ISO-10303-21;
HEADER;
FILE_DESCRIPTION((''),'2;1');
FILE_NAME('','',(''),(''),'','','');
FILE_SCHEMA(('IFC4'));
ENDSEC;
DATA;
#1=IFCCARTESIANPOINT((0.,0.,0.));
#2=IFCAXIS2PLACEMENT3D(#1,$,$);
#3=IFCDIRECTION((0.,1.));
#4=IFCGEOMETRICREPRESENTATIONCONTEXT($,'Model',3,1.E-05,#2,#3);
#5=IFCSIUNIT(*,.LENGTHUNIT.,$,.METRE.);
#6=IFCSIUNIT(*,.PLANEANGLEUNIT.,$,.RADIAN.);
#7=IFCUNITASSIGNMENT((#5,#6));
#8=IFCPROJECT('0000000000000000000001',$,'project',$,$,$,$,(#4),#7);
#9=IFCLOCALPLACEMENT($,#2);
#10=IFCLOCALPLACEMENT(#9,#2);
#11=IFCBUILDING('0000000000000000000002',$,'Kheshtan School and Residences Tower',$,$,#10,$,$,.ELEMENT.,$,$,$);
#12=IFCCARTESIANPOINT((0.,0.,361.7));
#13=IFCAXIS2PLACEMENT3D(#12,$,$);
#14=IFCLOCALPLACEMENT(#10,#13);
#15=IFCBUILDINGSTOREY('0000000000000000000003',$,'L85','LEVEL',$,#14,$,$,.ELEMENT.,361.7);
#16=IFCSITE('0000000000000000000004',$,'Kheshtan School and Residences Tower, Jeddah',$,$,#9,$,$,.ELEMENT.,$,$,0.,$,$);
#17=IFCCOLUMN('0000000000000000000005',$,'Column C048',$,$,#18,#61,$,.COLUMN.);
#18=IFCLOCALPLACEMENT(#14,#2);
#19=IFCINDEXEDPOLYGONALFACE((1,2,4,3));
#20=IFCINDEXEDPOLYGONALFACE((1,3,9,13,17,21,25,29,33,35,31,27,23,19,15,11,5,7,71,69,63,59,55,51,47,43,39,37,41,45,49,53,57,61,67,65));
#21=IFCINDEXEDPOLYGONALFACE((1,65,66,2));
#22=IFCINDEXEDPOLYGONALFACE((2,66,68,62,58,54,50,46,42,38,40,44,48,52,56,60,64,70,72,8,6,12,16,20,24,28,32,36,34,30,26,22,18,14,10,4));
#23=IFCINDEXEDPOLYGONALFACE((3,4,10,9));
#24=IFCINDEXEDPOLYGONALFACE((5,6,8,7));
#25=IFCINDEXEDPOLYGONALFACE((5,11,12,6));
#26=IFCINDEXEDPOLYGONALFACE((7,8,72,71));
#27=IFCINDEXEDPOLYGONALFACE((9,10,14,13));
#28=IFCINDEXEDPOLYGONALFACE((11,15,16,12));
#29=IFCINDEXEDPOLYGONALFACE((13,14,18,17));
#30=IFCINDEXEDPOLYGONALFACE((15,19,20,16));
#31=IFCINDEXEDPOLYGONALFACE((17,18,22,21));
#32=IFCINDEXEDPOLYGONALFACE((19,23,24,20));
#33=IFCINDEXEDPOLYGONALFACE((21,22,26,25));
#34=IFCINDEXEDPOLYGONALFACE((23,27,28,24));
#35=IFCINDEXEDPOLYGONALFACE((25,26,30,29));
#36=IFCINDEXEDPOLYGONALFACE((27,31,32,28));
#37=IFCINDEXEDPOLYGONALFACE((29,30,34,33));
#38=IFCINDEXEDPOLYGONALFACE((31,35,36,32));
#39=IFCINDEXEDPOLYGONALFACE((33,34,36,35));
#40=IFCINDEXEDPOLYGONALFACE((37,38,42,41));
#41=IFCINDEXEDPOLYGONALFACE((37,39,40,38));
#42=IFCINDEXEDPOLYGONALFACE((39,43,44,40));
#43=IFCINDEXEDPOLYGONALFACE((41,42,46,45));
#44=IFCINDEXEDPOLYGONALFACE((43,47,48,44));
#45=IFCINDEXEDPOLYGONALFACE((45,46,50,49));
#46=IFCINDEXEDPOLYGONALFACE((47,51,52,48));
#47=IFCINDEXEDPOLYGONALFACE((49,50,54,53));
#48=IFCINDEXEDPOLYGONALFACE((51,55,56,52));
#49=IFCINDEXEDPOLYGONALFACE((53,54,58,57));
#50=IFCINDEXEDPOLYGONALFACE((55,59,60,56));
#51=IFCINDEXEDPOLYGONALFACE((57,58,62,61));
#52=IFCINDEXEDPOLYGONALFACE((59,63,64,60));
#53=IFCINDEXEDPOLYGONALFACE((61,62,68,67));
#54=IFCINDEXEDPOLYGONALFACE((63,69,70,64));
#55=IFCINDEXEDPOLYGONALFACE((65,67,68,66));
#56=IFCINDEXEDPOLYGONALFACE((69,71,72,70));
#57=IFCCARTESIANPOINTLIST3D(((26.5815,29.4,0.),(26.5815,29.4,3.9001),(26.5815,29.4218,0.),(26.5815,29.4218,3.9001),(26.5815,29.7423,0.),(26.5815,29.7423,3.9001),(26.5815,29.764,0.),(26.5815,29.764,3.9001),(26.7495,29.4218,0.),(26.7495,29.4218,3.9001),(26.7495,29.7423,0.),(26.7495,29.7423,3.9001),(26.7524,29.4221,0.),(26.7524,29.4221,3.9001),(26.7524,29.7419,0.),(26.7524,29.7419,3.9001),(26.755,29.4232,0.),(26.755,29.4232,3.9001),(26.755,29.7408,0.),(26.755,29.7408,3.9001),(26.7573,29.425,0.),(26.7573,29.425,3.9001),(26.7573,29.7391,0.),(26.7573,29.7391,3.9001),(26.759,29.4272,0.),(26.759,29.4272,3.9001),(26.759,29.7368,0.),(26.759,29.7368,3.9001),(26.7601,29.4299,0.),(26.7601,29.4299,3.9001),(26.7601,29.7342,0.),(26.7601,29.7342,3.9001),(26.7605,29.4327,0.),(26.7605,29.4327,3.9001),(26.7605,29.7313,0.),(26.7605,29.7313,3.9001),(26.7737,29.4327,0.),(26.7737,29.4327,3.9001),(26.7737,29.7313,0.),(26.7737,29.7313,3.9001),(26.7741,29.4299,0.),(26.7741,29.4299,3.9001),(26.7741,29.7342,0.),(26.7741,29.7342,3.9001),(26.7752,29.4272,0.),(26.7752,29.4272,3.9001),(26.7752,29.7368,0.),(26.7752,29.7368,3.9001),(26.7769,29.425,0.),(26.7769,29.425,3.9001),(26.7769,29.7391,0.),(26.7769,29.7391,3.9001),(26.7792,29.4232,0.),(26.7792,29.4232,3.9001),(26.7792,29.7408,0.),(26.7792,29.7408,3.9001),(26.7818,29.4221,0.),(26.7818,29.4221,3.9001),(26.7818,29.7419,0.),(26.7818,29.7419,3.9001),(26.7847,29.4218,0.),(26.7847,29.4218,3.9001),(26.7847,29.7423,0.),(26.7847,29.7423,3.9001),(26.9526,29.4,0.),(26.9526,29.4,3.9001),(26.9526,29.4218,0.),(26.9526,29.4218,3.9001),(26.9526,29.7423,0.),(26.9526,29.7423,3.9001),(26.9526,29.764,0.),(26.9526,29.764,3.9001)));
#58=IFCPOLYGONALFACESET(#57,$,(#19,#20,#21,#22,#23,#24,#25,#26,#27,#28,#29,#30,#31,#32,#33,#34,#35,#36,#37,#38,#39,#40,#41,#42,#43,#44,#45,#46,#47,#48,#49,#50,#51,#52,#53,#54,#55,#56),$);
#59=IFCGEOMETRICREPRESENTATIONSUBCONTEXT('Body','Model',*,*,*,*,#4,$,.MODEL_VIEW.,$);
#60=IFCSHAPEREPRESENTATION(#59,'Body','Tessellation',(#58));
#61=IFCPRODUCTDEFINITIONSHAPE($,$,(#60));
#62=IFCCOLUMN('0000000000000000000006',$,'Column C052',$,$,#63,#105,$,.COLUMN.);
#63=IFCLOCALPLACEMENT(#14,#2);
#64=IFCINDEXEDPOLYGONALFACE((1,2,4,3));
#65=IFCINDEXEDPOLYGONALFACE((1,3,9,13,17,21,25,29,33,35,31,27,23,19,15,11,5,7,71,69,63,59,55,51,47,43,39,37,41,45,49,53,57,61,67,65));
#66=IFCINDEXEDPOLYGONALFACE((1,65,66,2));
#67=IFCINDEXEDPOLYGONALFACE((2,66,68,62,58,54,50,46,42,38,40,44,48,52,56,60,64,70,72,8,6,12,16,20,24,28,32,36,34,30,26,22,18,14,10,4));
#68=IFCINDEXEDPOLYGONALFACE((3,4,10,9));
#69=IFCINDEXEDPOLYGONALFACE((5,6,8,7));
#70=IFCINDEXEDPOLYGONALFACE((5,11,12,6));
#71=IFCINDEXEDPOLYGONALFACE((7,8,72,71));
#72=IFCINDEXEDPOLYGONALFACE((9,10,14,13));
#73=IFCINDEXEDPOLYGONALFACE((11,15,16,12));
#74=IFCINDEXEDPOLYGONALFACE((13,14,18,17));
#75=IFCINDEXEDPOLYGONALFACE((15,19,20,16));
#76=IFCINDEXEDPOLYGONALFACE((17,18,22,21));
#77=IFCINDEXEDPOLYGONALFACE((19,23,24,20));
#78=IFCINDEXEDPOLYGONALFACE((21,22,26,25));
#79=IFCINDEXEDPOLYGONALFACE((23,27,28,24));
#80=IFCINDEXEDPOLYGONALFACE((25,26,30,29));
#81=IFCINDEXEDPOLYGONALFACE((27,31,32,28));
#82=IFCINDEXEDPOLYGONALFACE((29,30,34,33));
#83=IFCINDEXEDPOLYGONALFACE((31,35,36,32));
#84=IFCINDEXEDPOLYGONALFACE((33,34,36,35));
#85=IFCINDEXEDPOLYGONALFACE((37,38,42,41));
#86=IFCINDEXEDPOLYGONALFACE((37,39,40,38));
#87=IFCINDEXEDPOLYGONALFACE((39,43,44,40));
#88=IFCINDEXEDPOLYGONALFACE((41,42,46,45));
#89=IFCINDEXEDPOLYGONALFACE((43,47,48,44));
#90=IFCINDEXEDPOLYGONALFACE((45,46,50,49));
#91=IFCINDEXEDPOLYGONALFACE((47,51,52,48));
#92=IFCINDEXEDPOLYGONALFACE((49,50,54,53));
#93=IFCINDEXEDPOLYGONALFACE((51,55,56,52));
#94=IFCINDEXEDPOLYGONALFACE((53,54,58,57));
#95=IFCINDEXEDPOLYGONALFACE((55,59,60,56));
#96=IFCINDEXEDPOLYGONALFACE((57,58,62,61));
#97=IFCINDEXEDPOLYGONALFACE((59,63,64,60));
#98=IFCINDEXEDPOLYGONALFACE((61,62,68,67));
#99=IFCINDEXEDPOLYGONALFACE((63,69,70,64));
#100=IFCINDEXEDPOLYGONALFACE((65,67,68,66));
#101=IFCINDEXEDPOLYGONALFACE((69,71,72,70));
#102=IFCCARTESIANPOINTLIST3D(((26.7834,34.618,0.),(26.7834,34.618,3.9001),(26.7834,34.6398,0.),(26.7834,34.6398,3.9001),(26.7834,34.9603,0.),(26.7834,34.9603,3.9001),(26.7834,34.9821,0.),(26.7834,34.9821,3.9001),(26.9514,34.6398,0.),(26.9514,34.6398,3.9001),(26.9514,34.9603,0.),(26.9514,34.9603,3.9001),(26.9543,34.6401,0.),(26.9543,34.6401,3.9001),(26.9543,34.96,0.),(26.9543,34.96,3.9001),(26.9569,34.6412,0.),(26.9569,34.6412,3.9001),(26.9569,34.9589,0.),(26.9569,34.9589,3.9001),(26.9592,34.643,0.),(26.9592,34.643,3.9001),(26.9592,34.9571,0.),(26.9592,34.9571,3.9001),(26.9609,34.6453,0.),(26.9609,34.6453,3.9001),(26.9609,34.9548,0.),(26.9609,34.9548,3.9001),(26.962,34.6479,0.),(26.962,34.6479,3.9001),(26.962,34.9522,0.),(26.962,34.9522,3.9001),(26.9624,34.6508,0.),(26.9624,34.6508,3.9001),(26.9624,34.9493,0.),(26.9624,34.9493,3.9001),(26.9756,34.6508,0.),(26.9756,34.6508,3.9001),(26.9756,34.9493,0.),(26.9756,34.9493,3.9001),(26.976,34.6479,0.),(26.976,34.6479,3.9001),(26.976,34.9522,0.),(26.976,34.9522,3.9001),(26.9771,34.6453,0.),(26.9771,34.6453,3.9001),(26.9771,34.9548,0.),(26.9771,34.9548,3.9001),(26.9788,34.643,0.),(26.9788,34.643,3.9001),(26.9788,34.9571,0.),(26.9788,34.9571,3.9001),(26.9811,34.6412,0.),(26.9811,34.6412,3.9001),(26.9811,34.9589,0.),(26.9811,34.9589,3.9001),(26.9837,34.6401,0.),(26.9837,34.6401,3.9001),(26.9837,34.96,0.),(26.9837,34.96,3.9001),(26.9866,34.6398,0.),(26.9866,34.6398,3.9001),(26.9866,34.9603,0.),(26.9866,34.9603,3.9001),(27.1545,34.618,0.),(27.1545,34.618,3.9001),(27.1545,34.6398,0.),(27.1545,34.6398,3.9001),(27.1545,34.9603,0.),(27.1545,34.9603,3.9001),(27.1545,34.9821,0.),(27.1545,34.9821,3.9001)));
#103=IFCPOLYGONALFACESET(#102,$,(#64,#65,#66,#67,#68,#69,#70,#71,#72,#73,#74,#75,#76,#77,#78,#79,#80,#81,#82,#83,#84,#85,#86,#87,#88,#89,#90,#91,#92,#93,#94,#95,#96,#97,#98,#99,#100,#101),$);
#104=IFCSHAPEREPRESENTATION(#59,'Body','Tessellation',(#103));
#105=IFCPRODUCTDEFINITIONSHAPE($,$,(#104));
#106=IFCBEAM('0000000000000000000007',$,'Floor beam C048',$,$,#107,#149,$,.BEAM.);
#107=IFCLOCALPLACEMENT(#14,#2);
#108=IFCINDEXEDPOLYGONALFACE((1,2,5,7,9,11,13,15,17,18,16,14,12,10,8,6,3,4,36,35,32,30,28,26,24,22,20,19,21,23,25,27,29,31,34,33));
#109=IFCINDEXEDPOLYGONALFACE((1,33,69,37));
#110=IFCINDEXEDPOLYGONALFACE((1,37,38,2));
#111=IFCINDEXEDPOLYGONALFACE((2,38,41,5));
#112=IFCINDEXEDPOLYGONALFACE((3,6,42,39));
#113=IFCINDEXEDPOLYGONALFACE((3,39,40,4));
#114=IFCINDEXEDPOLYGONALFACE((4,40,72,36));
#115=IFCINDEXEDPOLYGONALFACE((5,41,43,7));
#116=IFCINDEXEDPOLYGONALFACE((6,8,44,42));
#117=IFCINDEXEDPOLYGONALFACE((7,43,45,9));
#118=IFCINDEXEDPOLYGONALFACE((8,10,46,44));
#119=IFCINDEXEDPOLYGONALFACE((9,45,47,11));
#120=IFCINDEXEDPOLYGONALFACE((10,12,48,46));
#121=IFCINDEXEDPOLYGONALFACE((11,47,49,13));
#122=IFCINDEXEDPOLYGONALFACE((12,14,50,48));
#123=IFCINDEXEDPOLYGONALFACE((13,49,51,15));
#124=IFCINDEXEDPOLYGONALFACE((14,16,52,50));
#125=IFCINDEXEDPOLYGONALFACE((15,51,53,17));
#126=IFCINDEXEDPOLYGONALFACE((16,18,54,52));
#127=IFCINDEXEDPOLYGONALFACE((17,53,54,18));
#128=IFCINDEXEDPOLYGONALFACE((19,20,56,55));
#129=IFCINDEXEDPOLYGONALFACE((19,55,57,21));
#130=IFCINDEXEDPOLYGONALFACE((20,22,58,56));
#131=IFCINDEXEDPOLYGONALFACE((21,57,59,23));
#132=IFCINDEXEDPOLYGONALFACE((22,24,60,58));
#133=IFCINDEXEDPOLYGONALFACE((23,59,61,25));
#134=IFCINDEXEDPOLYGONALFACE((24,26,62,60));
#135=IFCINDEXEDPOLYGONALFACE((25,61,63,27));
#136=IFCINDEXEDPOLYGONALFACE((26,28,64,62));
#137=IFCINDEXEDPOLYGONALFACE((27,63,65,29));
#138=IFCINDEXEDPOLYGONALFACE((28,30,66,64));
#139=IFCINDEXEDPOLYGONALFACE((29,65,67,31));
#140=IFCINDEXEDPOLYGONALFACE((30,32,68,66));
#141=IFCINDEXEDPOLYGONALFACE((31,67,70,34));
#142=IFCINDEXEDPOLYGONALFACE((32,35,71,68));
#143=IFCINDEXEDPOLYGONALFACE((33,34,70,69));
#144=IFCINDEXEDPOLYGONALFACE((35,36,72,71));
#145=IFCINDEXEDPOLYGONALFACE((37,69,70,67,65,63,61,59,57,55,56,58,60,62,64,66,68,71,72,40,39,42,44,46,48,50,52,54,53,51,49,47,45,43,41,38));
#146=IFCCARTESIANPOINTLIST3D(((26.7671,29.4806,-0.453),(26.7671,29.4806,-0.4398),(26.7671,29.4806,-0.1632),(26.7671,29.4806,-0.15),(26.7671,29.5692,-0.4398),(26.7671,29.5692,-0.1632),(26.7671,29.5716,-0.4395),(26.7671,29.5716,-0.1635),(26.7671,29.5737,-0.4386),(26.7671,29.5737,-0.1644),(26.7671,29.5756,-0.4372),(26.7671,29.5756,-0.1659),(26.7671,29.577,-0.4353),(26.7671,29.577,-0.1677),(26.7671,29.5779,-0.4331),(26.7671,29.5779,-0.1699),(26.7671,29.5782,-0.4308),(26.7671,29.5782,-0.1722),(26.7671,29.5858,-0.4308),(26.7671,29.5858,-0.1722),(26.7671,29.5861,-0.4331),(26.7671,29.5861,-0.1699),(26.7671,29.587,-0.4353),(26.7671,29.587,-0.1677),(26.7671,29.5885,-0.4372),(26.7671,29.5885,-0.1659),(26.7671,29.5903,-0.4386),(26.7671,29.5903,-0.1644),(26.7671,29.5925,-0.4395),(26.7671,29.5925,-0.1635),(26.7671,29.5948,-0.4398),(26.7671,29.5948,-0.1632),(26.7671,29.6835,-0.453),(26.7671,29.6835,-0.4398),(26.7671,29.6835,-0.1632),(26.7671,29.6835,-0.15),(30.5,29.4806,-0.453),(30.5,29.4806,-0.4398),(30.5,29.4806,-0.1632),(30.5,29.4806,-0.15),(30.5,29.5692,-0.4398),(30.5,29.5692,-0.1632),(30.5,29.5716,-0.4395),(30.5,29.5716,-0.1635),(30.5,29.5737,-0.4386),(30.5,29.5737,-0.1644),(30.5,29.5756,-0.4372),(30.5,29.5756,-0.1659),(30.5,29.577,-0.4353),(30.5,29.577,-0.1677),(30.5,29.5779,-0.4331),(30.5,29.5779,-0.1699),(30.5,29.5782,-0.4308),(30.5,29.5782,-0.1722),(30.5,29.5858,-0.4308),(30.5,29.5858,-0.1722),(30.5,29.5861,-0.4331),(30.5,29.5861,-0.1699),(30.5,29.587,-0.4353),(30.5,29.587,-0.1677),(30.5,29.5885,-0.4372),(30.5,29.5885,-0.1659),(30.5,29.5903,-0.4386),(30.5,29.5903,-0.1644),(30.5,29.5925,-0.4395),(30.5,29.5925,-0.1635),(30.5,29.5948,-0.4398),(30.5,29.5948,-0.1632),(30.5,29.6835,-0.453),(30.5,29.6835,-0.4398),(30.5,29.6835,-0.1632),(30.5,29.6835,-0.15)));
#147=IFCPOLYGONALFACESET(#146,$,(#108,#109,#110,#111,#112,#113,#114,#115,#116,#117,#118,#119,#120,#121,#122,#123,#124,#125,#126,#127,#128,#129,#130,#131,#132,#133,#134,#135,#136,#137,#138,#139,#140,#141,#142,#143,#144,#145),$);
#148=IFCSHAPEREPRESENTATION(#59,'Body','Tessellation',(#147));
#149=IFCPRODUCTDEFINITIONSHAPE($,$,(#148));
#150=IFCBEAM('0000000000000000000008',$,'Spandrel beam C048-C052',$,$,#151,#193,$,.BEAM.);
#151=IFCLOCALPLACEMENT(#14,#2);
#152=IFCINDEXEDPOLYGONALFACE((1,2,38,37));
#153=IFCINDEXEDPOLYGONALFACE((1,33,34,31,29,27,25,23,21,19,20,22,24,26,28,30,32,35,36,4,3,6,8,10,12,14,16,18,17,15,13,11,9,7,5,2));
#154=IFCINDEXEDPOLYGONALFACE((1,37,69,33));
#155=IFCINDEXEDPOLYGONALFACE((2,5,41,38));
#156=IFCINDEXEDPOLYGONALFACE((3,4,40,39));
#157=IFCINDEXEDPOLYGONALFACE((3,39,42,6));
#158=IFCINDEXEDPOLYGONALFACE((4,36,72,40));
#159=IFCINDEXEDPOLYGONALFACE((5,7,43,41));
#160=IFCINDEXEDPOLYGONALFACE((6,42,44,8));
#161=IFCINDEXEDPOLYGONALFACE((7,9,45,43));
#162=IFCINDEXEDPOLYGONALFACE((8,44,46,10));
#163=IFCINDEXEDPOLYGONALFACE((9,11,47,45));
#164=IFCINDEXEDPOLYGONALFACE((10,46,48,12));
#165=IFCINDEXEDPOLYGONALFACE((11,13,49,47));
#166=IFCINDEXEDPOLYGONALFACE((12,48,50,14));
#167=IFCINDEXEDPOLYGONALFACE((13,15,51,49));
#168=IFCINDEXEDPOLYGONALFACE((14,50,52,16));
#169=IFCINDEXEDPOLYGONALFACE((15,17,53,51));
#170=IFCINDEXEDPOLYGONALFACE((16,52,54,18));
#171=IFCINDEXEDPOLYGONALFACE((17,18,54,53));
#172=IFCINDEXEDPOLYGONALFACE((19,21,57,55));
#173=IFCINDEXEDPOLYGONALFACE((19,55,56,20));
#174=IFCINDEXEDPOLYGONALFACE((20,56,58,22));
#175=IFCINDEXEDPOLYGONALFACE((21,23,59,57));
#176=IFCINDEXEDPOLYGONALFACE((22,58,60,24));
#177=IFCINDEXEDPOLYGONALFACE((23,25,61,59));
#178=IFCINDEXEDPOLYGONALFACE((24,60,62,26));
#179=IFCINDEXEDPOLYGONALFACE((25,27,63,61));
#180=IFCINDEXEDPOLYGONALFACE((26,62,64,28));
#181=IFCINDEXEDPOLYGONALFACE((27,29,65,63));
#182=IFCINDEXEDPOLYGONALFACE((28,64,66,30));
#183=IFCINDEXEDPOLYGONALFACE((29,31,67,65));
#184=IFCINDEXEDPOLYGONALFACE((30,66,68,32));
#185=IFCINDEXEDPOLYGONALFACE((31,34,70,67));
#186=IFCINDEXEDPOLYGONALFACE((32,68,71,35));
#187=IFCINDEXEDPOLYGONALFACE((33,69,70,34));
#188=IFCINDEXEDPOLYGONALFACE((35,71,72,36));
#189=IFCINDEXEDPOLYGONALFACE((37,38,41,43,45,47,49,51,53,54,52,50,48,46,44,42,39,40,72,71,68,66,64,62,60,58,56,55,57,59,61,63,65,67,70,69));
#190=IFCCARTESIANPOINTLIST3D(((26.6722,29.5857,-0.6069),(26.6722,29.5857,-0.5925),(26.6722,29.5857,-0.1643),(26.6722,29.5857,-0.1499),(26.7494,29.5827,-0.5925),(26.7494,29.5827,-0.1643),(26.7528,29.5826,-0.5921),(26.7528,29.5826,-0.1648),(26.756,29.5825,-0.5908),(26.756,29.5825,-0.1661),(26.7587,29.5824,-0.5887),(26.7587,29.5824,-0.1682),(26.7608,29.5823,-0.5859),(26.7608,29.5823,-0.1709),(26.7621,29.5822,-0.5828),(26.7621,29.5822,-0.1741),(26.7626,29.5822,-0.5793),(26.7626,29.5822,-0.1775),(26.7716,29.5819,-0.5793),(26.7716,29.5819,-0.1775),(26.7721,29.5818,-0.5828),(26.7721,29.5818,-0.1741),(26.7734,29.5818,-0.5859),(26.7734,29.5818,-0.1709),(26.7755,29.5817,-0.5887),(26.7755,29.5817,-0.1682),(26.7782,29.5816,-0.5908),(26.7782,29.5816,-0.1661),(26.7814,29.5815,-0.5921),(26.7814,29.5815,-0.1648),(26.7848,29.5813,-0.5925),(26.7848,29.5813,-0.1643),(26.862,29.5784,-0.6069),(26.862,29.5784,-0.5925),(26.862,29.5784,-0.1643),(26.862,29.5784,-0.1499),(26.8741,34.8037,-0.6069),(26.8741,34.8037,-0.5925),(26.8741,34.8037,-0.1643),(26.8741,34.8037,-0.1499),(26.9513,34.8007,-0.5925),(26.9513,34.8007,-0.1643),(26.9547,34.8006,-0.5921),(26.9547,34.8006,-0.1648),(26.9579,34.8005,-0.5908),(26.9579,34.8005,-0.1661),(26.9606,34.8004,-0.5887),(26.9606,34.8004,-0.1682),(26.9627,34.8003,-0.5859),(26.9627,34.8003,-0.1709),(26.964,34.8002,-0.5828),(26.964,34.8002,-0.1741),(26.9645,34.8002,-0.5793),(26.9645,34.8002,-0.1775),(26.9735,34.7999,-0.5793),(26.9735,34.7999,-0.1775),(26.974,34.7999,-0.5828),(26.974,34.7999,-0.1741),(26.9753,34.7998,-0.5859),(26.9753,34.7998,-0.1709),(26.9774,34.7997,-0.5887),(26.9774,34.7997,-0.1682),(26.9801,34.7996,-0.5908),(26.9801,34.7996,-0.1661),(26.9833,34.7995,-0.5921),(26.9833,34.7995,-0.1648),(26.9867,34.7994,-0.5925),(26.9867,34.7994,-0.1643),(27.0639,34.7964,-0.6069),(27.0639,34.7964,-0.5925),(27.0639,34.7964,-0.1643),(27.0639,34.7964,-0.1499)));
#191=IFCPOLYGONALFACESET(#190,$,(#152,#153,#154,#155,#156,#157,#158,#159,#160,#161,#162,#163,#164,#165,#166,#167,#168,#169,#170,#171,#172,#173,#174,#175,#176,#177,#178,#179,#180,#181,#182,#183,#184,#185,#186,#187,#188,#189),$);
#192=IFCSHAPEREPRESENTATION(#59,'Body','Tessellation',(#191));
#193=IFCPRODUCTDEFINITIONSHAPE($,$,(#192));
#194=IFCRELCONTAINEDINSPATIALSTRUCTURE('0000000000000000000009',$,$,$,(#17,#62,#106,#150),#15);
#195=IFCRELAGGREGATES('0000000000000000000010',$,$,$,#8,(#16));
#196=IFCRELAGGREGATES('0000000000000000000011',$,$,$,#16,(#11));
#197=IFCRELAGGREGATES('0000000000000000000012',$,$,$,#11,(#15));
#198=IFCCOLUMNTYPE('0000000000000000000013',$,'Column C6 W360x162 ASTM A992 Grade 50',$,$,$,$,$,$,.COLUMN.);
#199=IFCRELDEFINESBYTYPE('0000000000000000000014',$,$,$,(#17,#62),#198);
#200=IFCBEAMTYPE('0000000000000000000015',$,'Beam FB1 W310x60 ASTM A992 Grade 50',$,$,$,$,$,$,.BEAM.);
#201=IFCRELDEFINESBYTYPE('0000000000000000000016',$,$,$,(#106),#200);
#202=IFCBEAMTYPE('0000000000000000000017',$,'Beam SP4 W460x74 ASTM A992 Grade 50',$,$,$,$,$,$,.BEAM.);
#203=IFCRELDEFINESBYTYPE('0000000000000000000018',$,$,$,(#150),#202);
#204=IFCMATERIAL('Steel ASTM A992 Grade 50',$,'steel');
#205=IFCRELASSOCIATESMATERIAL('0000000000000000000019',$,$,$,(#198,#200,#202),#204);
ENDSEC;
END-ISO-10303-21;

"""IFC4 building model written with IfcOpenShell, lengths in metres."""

from ifc_helpers import new_model, si_unit, direction, frame, origin, origin_2d, place, context, subcontext, project, spatial, i_section, extrude, material, material_profile, profile_set, type_object, element, save


model = new_model("IFC4")

# Units and contexts
model_context = context("Model", 3, precision=1e-05, world=origin(), true_north=direction((0.0, 1.0)))
body_context = subcontext(model_context, "Body", "Model", "MODEL_VIEW")
ifc_project = project(units=[si_unit("LENGTHUNIT", "METRE"), si_unit("PLANEANGLEUNIT", "RADIAN")], contexts=[model_context])

# Site, building, storey
site_placement = place(None, origin())
site = spatial("IfcSite", under=ifc_project, at=site_placement, Name="Kheshtan School and Residences Tower, Jeddah", CompositionType="ELEMENT", RefElevation=0.0)
building_placement = place(site_placement, origin())
building = spatial("IfcBuilding", under=site, at=building_placement, Name="Kheshtan School and Residences Tower", CompositionType="ELEMENT")
storey_placement = place(building_placement, frame((0.0, 0.0, 361.7)))
storey = spatial("IfcBuildingStorey", under=building, at=storey_placement, Name="L85", Description="LEVEL", CompositionType="ELEMENT", Elevation=361.7)

# Columns
ifc_material_1 = material(Name="Steel ASTM A992 Grade 50", Category="steel")
ifc_material_profile_1 = material_profile(ifc_material_1, i_section(OverallWidth=0.3711, OverallDepth=0.364, WebThickness=0.0132, FlangeThickness=0.0217, FilletRadius=0.011, at=origin_2d()), Name="W360x162")
ifc_profile_set_1 = profile_set([ifc_material_profile_1], Name="Steel ASTM A992 Grade 50")
column_type = type_object("IfcColumnType", Name="Column C6 W360x162 ASTM A992 Grade 50", PredefinedType="COLUMN", material=ifc_profile_set_1)
for number, where, z_axis, x_axis, name in (
    (1, (26.7671, 29.582, 0.0), (0.0, 0.0, 1.0), (1.0, 0.0, 0.0), "Column C048"),
    (2, (26.969, 34.8, 0.0), (0.0, 0.0, 1.0), (1.0, 0.0, 0.0), "Column C052"),
):
    element("IfcColumn", number, at=place(storey_placement, frame(where, z_axis=z_axis, x_axis=x_axis)), inside=storey, type_object=column_type, Name=name, PredefinedType="COLUMN", context=body_context, shape_type="SweptSolid", body=[
        extrude(i_section(OverallWidth=0.3711, OverallDepth=0.364, WebThickness=0.0132, FlangeThickness=0.0217, FilletRadius=0.011, at=origin_2d()), origin(), (0.0, 0.0, 1.0), 3.9001),
    ])

# Beams
ifc_material_profile_2 = material_profile(ifc_material_1, i_section(OverallWidth=0.2029, OverallDepth=0.303, WebThickness=0.0076, FlangeThickness=0.0132, FilletRadius=0.009, at=origin_2d()), Name="W310x60")
ifc_profile_set_2 = profile_set([ifc_material_profile_2], Name="Steel ASTM A992 Grade 50")
beam_type_1 = type_object("IfcBeamType", Name="Beam FB1 W310x60 ASTM A992 Grade 50", PredefinedType="BEAM", material=ifc_profile_set_2)
beam_1_placement = place(storey_placement, frame((26.7671, 29.582, -0.3015), z_axis=(1.0, 0.0, 0.0), x_axis=(0.0, 1.0, 0.0)))
element("IfcBeam", 3, at=beam_1_placement, inside=storey, type_object=beam_type_1, Name="Floor beam C048", PredefinedType="BEAM", context=body_context, shape_type="SweptSolid", body=[
    extrude(i_section(OverallWidth=0.2029, OverallDepth=0.303, WebThickness=0.0076, FlangeThickness=0.0132, FilletRadius=0.009, at=origin_2d()), origin(), (0.0, 0.0, 1.0), 3.7329),
])
ifc_material_profile_3 = material_profile(ifc_material_1, i_section(OverallWidth=0.1899, OverallDepth=0.457, WebThickness=0.009, FlangeThickness=0.0144, FilletRadius=0.0132, at=origin_2d()), Name="W460x74")
ifc_profile_set_3 = profile_set([ifc_material_profile_3], Name="Steel ASTM A992 Grade 50")
beam_type_2 = type_object("IfcBeamType", Name="Beam SP4 W460x74 ASTM A992 Grade 50", PredefinedType="BEAM", material=ifc_profile_set_3)
beam_2_placement = place(storey_placement, frame((26.7671, 29.582, -0.3784), z_axis=(0.038665, 0.999252, 0.0), x_axis=(-0.999252, 0.038665, 0.0)))
element("IfcBeam", 4, at=beam_2_placement, inside=storey, type_object=beam_type_2, Name="Spandrel beam C048-C052", PredefinedType="BEAM", context=body_context, shape_type="SweptSolid", body=[
    extrude(i_section(OverallWidth=0.1899, OverallDepth=0.457, WebThickness=0.009, FlangeThickness=0.0144, FilletRadius=0.0132, at=origin_2d()), origin(), (0.0, 0.0, 1.0), 5.2219),
])

save(model, "model.ifc")
